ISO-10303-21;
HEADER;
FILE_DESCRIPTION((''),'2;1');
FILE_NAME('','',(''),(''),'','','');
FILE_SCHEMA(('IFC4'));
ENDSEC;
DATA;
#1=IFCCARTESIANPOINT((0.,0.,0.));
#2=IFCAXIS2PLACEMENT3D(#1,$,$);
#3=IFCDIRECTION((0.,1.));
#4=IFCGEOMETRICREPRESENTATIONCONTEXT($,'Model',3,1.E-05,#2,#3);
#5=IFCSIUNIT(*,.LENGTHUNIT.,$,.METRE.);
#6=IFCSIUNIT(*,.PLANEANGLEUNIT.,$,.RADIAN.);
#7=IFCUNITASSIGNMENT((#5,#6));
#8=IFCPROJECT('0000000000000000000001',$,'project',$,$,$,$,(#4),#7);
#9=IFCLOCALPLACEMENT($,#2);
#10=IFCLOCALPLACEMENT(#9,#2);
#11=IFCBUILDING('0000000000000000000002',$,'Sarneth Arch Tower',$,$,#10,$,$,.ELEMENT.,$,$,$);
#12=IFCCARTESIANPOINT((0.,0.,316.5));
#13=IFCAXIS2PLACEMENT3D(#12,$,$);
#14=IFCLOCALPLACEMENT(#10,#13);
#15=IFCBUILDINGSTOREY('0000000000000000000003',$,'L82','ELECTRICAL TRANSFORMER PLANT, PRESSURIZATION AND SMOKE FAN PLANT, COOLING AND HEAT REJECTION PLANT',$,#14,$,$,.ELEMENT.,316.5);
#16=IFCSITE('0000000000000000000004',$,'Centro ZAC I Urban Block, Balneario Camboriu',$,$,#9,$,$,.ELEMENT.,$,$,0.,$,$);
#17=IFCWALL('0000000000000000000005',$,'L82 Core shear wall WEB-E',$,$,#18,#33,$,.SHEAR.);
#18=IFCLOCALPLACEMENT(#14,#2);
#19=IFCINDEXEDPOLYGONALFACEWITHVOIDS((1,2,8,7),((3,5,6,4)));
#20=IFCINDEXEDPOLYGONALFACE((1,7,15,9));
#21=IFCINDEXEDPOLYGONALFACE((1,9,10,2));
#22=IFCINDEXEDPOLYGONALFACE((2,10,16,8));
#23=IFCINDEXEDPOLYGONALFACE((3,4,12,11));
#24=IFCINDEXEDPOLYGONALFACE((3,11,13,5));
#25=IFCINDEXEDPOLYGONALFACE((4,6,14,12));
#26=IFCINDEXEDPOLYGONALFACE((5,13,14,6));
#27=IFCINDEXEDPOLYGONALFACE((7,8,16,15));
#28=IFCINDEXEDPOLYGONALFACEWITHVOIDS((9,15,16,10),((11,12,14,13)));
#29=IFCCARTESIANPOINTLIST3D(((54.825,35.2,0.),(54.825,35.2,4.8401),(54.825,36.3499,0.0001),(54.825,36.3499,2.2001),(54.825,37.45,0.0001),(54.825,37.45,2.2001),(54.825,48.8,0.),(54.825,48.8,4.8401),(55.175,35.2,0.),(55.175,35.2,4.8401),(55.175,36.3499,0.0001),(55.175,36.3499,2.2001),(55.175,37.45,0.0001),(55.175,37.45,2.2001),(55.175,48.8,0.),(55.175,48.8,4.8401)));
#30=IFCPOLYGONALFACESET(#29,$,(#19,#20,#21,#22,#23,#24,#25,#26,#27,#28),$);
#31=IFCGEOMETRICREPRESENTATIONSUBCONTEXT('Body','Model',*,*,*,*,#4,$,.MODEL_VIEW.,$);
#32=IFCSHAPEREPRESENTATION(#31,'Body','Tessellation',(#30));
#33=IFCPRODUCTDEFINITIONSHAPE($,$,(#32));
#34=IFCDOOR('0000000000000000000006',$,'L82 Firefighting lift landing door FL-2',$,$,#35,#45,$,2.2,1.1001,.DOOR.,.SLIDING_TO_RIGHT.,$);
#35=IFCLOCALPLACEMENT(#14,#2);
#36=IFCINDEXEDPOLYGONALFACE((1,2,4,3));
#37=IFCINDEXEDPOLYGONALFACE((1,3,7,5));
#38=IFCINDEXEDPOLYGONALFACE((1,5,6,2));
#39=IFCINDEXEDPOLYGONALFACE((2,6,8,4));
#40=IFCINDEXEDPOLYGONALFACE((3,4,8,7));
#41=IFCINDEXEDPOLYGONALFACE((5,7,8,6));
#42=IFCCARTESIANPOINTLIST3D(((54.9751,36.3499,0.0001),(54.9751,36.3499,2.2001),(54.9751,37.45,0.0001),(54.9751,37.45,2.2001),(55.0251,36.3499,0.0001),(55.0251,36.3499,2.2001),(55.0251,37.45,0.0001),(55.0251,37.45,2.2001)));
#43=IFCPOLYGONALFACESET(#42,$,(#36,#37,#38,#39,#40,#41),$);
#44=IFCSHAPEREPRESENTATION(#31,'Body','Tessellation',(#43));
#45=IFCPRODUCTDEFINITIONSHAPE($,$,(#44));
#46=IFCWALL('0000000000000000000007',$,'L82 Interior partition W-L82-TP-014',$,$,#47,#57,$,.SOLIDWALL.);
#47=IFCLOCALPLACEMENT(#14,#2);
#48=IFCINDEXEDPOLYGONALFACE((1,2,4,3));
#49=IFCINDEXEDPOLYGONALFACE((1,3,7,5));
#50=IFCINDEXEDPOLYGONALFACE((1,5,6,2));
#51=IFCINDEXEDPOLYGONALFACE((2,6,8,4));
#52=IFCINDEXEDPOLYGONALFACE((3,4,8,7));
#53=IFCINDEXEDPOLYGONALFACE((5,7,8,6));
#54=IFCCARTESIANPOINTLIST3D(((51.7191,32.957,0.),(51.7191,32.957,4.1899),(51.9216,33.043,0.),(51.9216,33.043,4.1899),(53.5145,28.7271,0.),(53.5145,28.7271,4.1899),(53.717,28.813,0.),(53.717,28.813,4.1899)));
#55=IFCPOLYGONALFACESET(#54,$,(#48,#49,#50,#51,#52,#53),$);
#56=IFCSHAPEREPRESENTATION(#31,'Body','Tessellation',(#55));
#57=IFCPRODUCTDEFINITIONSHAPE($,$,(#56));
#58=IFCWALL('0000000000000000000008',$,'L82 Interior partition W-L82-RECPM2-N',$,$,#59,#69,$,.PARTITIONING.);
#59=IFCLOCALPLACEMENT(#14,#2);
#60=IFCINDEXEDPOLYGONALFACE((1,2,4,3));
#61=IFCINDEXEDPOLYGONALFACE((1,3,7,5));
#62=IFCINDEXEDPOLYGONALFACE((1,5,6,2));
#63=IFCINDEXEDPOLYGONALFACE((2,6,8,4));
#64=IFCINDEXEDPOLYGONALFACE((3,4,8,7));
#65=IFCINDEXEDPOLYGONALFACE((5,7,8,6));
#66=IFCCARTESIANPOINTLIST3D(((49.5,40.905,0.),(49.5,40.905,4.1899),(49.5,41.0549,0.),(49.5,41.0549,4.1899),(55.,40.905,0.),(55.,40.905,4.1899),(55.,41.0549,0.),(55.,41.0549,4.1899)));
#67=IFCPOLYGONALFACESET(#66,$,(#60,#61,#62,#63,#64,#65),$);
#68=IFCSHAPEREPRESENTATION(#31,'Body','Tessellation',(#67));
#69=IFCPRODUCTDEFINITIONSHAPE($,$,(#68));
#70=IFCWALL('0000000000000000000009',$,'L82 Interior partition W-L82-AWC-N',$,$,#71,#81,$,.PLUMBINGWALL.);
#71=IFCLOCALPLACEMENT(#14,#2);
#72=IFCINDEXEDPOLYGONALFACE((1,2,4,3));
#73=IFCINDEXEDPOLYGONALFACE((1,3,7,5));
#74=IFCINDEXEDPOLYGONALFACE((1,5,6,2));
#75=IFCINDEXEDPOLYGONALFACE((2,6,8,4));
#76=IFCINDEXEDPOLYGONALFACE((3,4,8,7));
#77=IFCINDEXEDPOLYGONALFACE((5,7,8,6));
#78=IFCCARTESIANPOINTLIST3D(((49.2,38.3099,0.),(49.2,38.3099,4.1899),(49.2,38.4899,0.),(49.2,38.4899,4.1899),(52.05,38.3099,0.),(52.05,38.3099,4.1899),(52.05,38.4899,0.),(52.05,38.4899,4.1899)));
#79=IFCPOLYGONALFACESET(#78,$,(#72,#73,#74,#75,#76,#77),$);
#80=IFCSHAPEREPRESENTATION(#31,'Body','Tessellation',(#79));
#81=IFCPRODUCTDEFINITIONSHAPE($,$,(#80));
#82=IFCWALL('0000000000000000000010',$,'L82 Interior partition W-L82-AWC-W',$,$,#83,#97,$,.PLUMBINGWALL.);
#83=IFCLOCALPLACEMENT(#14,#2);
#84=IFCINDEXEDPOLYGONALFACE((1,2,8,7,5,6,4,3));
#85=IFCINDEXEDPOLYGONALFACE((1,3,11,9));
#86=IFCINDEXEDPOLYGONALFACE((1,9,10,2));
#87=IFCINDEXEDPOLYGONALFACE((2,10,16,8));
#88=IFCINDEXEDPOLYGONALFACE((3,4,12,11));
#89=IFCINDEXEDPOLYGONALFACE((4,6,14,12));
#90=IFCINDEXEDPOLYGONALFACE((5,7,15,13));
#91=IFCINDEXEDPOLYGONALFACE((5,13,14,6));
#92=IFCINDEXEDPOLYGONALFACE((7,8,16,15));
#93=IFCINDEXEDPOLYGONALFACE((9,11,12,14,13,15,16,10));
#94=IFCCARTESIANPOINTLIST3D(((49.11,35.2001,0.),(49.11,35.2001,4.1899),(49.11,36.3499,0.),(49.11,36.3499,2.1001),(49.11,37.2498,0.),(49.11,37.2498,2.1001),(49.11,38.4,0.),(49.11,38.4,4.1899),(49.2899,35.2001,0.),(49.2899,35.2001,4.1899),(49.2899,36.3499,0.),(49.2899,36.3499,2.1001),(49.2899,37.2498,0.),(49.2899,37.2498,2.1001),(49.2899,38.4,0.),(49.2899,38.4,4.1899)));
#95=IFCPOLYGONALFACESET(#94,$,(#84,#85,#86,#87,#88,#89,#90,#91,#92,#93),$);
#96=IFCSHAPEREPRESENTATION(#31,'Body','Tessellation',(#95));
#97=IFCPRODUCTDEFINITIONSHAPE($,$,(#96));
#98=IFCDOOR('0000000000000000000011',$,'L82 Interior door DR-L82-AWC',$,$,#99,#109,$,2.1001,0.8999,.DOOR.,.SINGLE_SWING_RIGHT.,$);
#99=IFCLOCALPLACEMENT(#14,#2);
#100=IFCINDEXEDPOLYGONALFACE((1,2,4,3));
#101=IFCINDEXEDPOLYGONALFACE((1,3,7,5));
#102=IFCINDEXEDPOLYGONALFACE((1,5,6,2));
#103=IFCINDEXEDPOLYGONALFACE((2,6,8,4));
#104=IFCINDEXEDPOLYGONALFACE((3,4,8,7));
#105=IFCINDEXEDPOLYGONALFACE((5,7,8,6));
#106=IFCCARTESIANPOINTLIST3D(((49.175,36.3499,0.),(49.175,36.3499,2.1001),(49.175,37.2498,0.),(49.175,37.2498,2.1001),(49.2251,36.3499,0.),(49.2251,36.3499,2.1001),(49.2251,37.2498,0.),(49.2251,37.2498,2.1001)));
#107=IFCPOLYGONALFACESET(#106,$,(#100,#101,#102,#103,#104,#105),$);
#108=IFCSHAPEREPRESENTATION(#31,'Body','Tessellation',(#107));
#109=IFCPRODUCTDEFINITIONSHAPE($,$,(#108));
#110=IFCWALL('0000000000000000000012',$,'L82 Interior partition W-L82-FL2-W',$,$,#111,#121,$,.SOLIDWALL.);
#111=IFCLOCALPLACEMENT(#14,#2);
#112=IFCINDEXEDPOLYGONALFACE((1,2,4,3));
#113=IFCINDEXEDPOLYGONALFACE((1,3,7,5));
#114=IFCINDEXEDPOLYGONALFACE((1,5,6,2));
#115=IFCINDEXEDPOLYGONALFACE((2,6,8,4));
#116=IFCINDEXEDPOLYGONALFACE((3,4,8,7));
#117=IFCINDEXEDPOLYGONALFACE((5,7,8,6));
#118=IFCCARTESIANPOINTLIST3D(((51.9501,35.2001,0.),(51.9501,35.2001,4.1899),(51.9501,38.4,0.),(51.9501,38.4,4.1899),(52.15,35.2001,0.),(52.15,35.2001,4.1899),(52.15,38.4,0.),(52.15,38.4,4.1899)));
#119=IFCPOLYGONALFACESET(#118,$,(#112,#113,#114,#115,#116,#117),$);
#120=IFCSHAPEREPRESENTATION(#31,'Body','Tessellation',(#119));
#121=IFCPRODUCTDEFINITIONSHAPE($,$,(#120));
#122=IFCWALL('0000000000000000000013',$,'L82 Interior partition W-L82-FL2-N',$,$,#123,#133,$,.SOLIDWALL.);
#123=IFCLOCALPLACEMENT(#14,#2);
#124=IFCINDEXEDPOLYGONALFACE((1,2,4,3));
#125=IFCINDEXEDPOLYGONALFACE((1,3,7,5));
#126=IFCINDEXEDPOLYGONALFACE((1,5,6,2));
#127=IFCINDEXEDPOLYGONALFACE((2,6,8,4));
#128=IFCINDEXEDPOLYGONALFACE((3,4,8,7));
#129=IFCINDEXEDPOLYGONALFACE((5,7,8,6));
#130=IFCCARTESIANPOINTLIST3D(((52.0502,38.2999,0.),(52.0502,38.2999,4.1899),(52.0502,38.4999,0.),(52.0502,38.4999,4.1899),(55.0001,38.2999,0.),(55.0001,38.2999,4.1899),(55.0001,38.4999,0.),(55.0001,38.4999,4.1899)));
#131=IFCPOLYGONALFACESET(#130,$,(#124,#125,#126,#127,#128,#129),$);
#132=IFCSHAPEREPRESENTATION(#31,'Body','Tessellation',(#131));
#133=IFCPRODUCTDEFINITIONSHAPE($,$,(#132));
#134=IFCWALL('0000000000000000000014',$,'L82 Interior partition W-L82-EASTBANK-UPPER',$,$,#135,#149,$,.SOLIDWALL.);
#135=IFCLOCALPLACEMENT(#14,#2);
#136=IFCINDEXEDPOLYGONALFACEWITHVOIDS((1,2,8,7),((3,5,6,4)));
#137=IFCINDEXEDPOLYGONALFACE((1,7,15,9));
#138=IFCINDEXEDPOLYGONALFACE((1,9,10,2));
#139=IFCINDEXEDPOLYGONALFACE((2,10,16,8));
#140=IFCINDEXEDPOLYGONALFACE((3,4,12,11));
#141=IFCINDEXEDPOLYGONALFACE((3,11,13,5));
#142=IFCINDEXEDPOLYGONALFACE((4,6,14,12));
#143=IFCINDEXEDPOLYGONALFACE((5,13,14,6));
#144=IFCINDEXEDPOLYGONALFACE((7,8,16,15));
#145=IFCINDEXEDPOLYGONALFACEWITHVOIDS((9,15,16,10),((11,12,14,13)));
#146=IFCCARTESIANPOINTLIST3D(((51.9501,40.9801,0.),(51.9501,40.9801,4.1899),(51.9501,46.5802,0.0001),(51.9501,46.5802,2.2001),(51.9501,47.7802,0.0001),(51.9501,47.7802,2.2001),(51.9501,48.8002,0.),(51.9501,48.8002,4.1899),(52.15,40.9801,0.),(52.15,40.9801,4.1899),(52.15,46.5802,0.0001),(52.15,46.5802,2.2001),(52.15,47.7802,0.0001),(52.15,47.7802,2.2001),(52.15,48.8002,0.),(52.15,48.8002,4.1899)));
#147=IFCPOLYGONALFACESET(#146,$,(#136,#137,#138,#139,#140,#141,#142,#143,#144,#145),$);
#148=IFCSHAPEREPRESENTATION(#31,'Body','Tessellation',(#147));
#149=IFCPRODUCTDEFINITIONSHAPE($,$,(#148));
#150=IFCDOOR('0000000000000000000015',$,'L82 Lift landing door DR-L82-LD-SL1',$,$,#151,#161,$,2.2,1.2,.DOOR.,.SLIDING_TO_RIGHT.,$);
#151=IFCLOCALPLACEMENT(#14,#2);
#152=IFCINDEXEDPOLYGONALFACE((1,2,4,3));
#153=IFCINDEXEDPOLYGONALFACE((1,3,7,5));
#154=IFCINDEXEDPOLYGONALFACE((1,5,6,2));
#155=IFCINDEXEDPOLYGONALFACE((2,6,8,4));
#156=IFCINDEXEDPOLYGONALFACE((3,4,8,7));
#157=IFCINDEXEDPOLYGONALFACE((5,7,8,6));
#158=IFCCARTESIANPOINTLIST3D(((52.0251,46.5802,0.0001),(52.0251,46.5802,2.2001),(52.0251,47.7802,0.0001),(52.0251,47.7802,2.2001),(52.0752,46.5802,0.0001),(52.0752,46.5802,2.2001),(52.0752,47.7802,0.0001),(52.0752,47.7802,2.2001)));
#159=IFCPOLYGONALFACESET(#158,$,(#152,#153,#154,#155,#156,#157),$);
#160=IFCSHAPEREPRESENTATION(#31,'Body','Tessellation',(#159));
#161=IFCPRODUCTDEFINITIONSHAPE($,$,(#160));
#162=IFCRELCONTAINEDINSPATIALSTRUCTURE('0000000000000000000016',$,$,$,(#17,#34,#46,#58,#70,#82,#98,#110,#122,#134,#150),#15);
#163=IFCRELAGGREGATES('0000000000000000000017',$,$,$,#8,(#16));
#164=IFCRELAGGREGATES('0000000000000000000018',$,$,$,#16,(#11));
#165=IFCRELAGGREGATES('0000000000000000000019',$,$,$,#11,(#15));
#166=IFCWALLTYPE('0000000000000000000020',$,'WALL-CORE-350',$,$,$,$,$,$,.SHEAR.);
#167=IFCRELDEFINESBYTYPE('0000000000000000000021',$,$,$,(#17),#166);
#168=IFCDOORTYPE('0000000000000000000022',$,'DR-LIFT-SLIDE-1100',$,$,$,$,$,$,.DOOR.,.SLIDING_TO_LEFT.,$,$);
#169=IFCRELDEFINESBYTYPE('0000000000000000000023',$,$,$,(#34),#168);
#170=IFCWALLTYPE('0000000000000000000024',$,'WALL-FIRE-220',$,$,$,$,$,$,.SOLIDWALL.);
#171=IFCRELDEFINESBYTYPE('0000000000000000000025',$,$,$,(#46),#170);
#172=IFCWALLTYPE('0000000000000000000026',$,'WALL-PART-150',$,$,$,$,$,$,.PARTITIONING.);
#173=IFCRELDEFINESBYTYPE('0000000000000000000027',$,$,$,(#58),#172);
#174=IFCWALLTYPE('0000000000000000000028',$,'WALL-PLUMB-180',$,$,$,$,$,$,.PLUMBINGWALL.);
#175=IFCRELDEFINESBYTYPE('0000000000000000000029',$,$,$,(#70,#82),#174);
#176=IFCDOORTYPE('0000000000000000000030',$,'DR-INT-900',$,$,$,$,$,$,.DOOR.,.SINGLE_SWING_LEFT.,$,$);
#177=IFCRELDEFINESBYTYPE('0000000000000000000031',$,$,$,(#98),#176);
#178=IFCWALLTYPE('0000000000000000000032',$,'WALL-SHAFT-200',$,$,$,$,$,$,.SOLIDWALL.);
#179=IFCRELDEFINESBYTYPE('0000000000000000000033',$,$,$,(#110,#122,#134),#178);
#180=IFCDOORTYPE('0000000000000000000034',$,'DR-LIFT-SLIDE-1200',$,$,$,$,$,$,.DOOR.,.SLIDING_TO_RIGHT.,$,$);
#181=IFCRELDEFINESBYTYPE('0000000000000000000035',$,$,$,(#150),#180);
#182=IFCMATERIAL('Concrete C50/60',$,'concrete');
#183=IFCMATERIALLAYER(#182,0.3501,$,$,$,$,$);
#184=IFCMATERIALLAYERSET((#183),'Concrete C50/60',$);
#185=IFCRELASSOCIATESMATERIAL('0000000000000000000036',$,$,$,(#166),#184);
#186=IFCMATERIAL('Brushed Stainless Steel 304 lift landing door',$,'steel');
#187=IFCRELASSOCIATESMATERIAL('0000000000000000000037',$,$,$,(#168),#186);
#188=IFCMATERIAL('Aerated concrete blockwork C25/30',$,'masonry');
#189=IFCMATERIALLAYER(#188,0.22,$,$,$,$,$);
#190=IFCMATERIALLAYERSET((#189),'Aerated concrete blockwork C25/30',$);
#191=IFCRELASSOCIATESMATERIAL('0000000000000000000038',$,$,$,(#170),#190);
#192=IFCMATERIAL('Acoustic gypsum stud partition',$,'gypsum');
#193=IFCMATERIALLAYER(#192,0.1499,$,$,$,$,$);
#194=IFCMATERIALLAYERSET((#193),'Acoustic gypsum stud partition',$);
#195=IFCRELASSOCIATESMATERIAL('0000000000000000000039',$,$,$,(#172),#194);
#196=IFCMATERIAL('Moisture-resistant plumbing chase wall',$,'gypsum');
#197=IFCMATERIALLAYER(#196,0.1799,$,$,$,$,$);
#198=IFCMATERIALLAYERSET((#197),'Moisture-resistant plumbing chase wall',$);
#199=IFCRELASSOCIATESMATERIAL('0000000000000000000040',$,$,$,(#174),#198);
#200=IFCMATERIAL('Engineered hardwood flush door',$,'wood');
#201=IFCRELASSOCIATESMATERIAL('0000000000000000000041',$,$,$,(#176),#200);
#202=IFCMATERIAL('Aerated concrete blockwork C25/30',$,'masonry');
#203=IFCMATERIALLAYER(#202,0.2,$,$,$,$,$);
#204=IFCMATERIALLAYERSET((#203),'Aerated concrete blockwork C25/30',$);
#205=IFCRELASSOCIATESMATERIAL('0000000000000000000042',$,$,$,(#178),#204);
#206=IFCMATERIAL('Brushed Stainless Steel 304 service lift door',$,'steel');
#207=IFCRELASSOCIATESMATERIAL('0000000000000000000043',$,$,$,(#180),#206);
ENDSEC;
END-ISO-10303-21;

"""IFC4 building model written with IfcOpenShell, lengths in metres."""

from ifc_helpers import new_model, si_unit, direction, frame, frame_2d, origin, place, context, subcontext, project, spatial, rectangle, extrude, material, layer, layer_set, type_object, element, fill, save


model = new_model("IFC4")

# Units and contexts
model_context = context("Model", 3, precision=1e-05, world=origin(), true_north=direction((0.0, 1.0)))
body_context = subcontext(model_context, "Body", "Model", "MODEL_VIEW")
ifc_project = project(units=[si_unit("LENGTHUNIT", "METRE"), si_unit("PLANEANGLEUNIT", "RADIAN")], contexts=[model_context])

# Site, building, storey
site_placement = place(None, origin())
site = spatial("IfcSite", under=ifc_project, at=site_placement, Name="Centro ZAC I Urban Block, Balneario Camboriu", CompositionType="ELEMENT", RefElevation=0.0)
building_placement = place(site_placement, origin())
building = spatial("IfcBuilding", under=site, at=building_placement, Name="Sarneth Arch Tower", CompositionType="ELEMENT")
storey_placement = place(building_placement, frame((0.0, 0.0, 316.5)))
storey = spatial("IfcBuildingStorey", under=building, at=storey_placement, Name="L82", Description="ELECTRICAL TRANSFORMER PLANT, PRESSURIZATION AND SMOKE FAN PLANT, COOLING AND HEAT REJECTION PLANT", CompositionType="ELEMENT", Elevation=316.5)

# Shared definitions
ifc_material_1 = material(Name="Concrete C50/60", Category="concrete")
ifc_layer_1 = layer(ifc_material_1, 0.3501)
ifc_layer_set_1 = layer_set([ifc_layer_1], Name="Concrete C50/60")
wall_type_1 = type_object("IfcWallType", Name="WALL-CORE-350", PredefinedType="SHEAR", material=ifc_layer_set_1)

# Wall, opening, door
wall_1_placement = place(storey_placement, frame((55.0, 35.2, 0.0), z_axis=(0.0, 0.0, 1.0), x_axis=(0.0, 1.0, 0.0)))
wall_1 = element("IfcWall", 1, at=wall_1_placement, inside=storey, type_object=wall_type_1, Name="L82 Core shear wall WEB-E", PredefinedType="SHEAR", context=body_context, shape_type="SweptSolid", body=[
    extrude(rectangle(XDim=13.6001, YDim=0.3501, at=frame_2d((6.8, 0.0))), origin(), (0.0, 0.0, 1.0), 4.8401),
])
opening_1_placement = place(wall_1_placement, frame((1.1499, 0.0, 0.0)))
opening_1 = element("IfcOpeningElement", 2, at=opening_1_placement, cuts=wall_1, PredefinedType="OPENING", context=body_context, shape_type="SweptSolid", body=[
    extrude(rectangle(XDim=1.1001, YDim=2.2, at=frame_2d((0.55, 1.1001))), frame((0.0, 0.1851, 0.0), z_axis=(0.0, -1.0, 0.0), x_axis=(1.0, 0.0, 0.0)), (0.0, 0.0, 1.0), 0.3701),
])
ifc_material_2 = material(Name="Brushed Stainless Steel 304 lift landing door", Category="steel")
door_type_1 = type_object("IfcDoorType", Name="DR-LIFT-SLIDE-1100", OperationType="SLIDING_TO_LEFT", PredefinedType="DOOR", material=ifc_material_2)
door_1_placement = place(opening_1_placement, origin())
door_1 = element("IfcDoor", 3, at=door_1_placement, inside=storey, type_object=door_type_1, Name="L82 Firefighting lift landing door FL-2", OperationType="SLIDING_TO_RIGHT", OverallHeight=2.2, OverallWidth=1.1001, PredefinedType="DOOR", context=body_context, shape_type="SweptSolid", body=[
    extrude(rectangle(XDim=1.1001, YDim=2.2, at=frame_2d((0.55, 1.1001))), frame((0.0, 0.0249, 0.0), z_axis=(0.0, -1.0, 0.0), x_axis=(1.0, 0.0, 0.0)), (0.0, 0.0, 1.0), 0.05),
])
fill(opening_1, door_1)

# Walls
ifc_material_3 = material(Name="Aerated concrete blockwork C25/30", Category="masonry")
ifc_layer_2 = layer(ifc_material_3, 0.22)
ifc_layer_set_2 = layer_set([ifc_layer_2], Name="Aerated concrete blockwork C25/30")
wall_type_2 = type_object("IfcWallType", Name="WALL-FIRE-220", PredefinedType="SOLIDWALL", material=ifc_layer_set_2)
wall_2_placement = place(storey_placement, frame((51.8203, 33.0, 0.0), z_axis=(0.0, 0.0, 1.0), x_axis=(0.390711, -0.920513, 0.0)))
element("IfcWall", 4, at=wall_2_placement, inside=storey, type_object=wall_type_2, Name="L82 Interior partition W-L82-TP-014", PredefinedType="SOLIDWALL", context=body_context, shape_type="SweptSolid", body=[
    extrude(rectangle(XDim=4.5952, YDim=0.22, at=frame_2d((2.2976, 0.0))), origin(), (0.0, 0.0, 1.0), 4.1899),
])
ifc_material_4 = material(Name="Acoustic gypsum stud partition", Category="gypsum")
ifc_layer_3 = layer(ifc_material_4, 0.1499)
ifc_layer_set_3 = layer_set([ifc_layer_3], Name="Acoustic gypsum stud partition")
wall_type_3 = type_object("IfcWallType", Name="WALL-PART-150", PredefinedType="PARTITIONING", material=ifc_layer_set_3)
wall_3_placement = place(storey_placement, frame((49.5, 40.98, 0.0), z_axis=(0.0, 0.0, 1.0), x_axis=(1.0, 0.0, 0.0)))
element("IfcWall", 5, at=wall_3_placement, inside=storey, type_object=wall_type_3, Name="L82 Interior partition W-L82-RECPM2-N", PredefinedType="PARTITIONING", context=body_context, shape_type="SweptSolid", body=[
    extrude(rectangle(XDim=5.5, YDim=0.1499, at=frame_2d((2.75, 0.0))), origin(), (0.0, 0.0, 1.0), 4.1899),
])

# Wall
ifc_material_5 = material(Name="Moisture-resistant plumbing chase wall", Category="gypsum")
ifc_layer_4 = layer(ifc_material_5, 0.1799)
ifc_layer_set_4 = layer_set([ifc_layer_4], Name="Moisture-resistant plumbing chase wall")
wall_type_4 = type_object("IfcWallType", Name="WALL-PLUMB-180", PredefinedType="PLUMBINGWALL", material=ifc_layer_set_4)
wall_4_placement = place(storey_placement, frame((49.2, 38.3999, 0.0), z_axis=(0.0, 0.0, 1.0), x_axis=(1.0, 0.0, 0.0)))
element("IfcWall", 6, at=wall_4_placement, inside=storey, type_object=wall_type_4, Name="L82 Interior partition W-L82-AWC-N", PredefinedType="PLUMBINGWALL", context=body_context, shape_type="SweptSolid", body=[
    extrude(rectangle(XDim=2.8501, YDim=0.1799, at=frame_2d((1.425, 0.0))), origin(), (0.0, 0.0, 1.0), 4.1899),
])

# Wall, opening, door
wall_5_placement = place(storey_placement, frame((49.2, 35.2, 0.0), z_axis=(0.0, 0.0, 1.0), x_axis=(0.0, 1.0, 0.0)))
wall_5 = element("IfcWall", 7, at=wall_5_placement, inside=storey, type_object=wall_type_4, Name="L82 Interior partition W-L82-AWC-W", PredefinedType="PLUMBINGWALL", context=body_context, shape_type="SweptSolid", body=[
    extrude(rectangle(XDim=3.2, YDim=0.1799, at=frame_2d((1.6001, 0.0))), origin(), (0.0, 0.0, 1.0), 4.1899),
])
opening_2_placement = place(wall_5_placement, frame((1.1499, 0.0, 0.0)))
opening_2 = element("IfcOpeningElement", 8, at=opening_2_placement, cuts=wall_5, PredefinedType="OPENING", context=body_context, shape_type="SweptSolid", body=[
    extrude(rectangle(XDim=0.8999, YDim=2.1001, at=frame_2d((0.45, 1.05))), frame((0.0, 0.0999, 0.0), z_axis=(0.0, -1.0, 0.0), x_axis=(1.0, 0.0, 0.0)), (0.0, 0.0, 1.0), 0.2),
])
ifc_material_6 = material(Name="Engineered hardwood flush door", Category="wood")
door_type_2 = type_object("IfcDoorType", Name="DR-INT-900", OperationType="SINGLE_SWING_LEFT", PredefinedType="DOOR", material=ifc_material_6)
door_2_placement = place(opening_2_placement, origin())
door_2 = element("IfcDoor", 9, at=door_2_placement, inside=storey, type_object=door_type_2, Name="L82 Interior door DR-L82-AWC", OperationType="SINGLE_SWING_RIGHT", OverallHeight=2.1001, OverallWidth=0.8999, PredefinedType="DOOR", context=body_context, shape_type="SweptSolid", body=[
    extrude(rectangle(XDim=0.8999, YDim=2.1001, at=frame_2d((0.45, 1.05))), frame((0.0, 0.0249, 0.0), z_axis=(0.0, -1.0, 0.0), x_axis=(1.0, 0.0, 0.0)), (0.0, 0.0, 1.0), 0.05),
])
fill(opening_2, door_2)
ifc_material_7 = material(Name="Aerated concrete blockwork C25/30", Category="masonry")
ifc_layer_5 = layer(ifc_material_7, 0.2)
ifc_layer_set_5 = layer_set([ifc_layer_5], Name="Aerated concrete blockwork C25/30")
wall_type_5 = type_object("IfcWallType", Name="WALL-SHAFT-200", PredefinedType="SOLIDWALL", material=ifc_layer_set_5)

# Walls
wall_6_placement = place(storey_placement, frame((52.05, 35.2, 0.0), z_axis=(0.0, 0.0, 1.0), x_axis=(0.0, 1.0, 0.0)))
element("IfcWall", 10, at=wall_6_placement, inside=storey, type_object=wall_type_5, Name="L82 Interior partition W-L82-FL2-W", PredefinedType="SOLIDWALL", context=body_context, shape_type="SweptSolid", body=[
    extrude(rectangle(XDim=3.2, YDim=0.2, at=frame_2d((1.6001, 0.0))), origin(), (0.0, 0.0, 1.0), 4.1899),
])
wall_7_placement = place(storey_placement, frame((52.05, 38.3999, 0.0), z_axis=(0.0, 0.0, 1.0), x_axis=(1.0, 0.0, 0.0)))
element("IfcWall", 11, at=wall_7_placement, inside=storey, type_object=wall_type_5, Name="L82 Interior partition W-L82-FL2-N", PredefinedType="SOLIDWALL", context=body_context, shape_type="SweptSolid", body=[
    extrude(rectangle(XDim=2.95, YDim=0.2, at=frame_2d((1.4751, 0.0))), origin(), (0.0, 0.0, 1.0), 4.1899),
])

# Wall, opening, door
wall_8_placement = place(storey_placement, frame((52.05, 40.98, 0.0), z_axis=(0.0, 0.0, 1.0), x_axis=(0.0, 1.0, 0.0)))
wall_8 = element("IfcWall", 12, at=wall_8_placement, inside=storey, type_object=wall_type_5, Name="L82 Interior partition W-L82-EASTBANK-UPPER", PredefinedType="SOLIDWALL", context=body_context, shape_type="SweptSolid", body=[
    extrude(rectangle(XDim=7.8201, YDim=0.2, at=frame_2d((3.9102, 0.0))), origin(), (0.0, 0.0, 1.0), 4.1899),
])
opening_3_placement = place(wall_8_placement, frame((5.6001, 0.0, 0.0)))
opening_3 = element("IfcOpeningElement", 13, at=opening_3_placement, cuts=wall_8, PredefinedType="OPENING", context=body_context, shape_type="SweptSolid", body=[
    extrude(rectangle(XDim=1.2, YDim=2.2, at=frame_2d((0.6001, 1.1001))), frame((0.0, 0.1099, 0.0), z_axis=(0.0, -1.0, 0.0), x_axis=(1.0, 0.0, 0.0)), (0.0, 0.0, 1.0), 0.22),
])
ifc_material_8 = material(Name="Brushed Stainless Steel 304 service lift door", Category="steel")
door_type_3 = type_object("IfcDoorType", Name="DR-LIFT-SLIDE-1200", OperationType="SLIDING_TO_RIGHT", PredefinedType="DOOR", material=ifc_material_8)
door_3_placement = place(opening_3_placement, origin())
door_3 = element("IfcDoor", 14, at=door_3_placement, inside=storey, type_object=door_type_3, Name="L82 Lift landing door DR-L82-LD-SL1", OperationType="SLIDING_TO_RIGHT", OverallHeight=2.2, OverallWidth=1.2, PredefinedType="DOOR", context=body_context, shape_type="SweptSolid", body=[
    extrude(rectangle(XDim=1.2, YDim=2.2, at=frame_2d((0.6001, 1.1001))), frame((0.0, 0.0249, 0.0), z_axis=(0.0, -1.0, 0.0), x_axis=(1.0, 0.0, 0.0)), (0.0, 0.0, 1.0), 0.05),
])
fill(opening_3, door_3)

save(model, "model.ifc")
